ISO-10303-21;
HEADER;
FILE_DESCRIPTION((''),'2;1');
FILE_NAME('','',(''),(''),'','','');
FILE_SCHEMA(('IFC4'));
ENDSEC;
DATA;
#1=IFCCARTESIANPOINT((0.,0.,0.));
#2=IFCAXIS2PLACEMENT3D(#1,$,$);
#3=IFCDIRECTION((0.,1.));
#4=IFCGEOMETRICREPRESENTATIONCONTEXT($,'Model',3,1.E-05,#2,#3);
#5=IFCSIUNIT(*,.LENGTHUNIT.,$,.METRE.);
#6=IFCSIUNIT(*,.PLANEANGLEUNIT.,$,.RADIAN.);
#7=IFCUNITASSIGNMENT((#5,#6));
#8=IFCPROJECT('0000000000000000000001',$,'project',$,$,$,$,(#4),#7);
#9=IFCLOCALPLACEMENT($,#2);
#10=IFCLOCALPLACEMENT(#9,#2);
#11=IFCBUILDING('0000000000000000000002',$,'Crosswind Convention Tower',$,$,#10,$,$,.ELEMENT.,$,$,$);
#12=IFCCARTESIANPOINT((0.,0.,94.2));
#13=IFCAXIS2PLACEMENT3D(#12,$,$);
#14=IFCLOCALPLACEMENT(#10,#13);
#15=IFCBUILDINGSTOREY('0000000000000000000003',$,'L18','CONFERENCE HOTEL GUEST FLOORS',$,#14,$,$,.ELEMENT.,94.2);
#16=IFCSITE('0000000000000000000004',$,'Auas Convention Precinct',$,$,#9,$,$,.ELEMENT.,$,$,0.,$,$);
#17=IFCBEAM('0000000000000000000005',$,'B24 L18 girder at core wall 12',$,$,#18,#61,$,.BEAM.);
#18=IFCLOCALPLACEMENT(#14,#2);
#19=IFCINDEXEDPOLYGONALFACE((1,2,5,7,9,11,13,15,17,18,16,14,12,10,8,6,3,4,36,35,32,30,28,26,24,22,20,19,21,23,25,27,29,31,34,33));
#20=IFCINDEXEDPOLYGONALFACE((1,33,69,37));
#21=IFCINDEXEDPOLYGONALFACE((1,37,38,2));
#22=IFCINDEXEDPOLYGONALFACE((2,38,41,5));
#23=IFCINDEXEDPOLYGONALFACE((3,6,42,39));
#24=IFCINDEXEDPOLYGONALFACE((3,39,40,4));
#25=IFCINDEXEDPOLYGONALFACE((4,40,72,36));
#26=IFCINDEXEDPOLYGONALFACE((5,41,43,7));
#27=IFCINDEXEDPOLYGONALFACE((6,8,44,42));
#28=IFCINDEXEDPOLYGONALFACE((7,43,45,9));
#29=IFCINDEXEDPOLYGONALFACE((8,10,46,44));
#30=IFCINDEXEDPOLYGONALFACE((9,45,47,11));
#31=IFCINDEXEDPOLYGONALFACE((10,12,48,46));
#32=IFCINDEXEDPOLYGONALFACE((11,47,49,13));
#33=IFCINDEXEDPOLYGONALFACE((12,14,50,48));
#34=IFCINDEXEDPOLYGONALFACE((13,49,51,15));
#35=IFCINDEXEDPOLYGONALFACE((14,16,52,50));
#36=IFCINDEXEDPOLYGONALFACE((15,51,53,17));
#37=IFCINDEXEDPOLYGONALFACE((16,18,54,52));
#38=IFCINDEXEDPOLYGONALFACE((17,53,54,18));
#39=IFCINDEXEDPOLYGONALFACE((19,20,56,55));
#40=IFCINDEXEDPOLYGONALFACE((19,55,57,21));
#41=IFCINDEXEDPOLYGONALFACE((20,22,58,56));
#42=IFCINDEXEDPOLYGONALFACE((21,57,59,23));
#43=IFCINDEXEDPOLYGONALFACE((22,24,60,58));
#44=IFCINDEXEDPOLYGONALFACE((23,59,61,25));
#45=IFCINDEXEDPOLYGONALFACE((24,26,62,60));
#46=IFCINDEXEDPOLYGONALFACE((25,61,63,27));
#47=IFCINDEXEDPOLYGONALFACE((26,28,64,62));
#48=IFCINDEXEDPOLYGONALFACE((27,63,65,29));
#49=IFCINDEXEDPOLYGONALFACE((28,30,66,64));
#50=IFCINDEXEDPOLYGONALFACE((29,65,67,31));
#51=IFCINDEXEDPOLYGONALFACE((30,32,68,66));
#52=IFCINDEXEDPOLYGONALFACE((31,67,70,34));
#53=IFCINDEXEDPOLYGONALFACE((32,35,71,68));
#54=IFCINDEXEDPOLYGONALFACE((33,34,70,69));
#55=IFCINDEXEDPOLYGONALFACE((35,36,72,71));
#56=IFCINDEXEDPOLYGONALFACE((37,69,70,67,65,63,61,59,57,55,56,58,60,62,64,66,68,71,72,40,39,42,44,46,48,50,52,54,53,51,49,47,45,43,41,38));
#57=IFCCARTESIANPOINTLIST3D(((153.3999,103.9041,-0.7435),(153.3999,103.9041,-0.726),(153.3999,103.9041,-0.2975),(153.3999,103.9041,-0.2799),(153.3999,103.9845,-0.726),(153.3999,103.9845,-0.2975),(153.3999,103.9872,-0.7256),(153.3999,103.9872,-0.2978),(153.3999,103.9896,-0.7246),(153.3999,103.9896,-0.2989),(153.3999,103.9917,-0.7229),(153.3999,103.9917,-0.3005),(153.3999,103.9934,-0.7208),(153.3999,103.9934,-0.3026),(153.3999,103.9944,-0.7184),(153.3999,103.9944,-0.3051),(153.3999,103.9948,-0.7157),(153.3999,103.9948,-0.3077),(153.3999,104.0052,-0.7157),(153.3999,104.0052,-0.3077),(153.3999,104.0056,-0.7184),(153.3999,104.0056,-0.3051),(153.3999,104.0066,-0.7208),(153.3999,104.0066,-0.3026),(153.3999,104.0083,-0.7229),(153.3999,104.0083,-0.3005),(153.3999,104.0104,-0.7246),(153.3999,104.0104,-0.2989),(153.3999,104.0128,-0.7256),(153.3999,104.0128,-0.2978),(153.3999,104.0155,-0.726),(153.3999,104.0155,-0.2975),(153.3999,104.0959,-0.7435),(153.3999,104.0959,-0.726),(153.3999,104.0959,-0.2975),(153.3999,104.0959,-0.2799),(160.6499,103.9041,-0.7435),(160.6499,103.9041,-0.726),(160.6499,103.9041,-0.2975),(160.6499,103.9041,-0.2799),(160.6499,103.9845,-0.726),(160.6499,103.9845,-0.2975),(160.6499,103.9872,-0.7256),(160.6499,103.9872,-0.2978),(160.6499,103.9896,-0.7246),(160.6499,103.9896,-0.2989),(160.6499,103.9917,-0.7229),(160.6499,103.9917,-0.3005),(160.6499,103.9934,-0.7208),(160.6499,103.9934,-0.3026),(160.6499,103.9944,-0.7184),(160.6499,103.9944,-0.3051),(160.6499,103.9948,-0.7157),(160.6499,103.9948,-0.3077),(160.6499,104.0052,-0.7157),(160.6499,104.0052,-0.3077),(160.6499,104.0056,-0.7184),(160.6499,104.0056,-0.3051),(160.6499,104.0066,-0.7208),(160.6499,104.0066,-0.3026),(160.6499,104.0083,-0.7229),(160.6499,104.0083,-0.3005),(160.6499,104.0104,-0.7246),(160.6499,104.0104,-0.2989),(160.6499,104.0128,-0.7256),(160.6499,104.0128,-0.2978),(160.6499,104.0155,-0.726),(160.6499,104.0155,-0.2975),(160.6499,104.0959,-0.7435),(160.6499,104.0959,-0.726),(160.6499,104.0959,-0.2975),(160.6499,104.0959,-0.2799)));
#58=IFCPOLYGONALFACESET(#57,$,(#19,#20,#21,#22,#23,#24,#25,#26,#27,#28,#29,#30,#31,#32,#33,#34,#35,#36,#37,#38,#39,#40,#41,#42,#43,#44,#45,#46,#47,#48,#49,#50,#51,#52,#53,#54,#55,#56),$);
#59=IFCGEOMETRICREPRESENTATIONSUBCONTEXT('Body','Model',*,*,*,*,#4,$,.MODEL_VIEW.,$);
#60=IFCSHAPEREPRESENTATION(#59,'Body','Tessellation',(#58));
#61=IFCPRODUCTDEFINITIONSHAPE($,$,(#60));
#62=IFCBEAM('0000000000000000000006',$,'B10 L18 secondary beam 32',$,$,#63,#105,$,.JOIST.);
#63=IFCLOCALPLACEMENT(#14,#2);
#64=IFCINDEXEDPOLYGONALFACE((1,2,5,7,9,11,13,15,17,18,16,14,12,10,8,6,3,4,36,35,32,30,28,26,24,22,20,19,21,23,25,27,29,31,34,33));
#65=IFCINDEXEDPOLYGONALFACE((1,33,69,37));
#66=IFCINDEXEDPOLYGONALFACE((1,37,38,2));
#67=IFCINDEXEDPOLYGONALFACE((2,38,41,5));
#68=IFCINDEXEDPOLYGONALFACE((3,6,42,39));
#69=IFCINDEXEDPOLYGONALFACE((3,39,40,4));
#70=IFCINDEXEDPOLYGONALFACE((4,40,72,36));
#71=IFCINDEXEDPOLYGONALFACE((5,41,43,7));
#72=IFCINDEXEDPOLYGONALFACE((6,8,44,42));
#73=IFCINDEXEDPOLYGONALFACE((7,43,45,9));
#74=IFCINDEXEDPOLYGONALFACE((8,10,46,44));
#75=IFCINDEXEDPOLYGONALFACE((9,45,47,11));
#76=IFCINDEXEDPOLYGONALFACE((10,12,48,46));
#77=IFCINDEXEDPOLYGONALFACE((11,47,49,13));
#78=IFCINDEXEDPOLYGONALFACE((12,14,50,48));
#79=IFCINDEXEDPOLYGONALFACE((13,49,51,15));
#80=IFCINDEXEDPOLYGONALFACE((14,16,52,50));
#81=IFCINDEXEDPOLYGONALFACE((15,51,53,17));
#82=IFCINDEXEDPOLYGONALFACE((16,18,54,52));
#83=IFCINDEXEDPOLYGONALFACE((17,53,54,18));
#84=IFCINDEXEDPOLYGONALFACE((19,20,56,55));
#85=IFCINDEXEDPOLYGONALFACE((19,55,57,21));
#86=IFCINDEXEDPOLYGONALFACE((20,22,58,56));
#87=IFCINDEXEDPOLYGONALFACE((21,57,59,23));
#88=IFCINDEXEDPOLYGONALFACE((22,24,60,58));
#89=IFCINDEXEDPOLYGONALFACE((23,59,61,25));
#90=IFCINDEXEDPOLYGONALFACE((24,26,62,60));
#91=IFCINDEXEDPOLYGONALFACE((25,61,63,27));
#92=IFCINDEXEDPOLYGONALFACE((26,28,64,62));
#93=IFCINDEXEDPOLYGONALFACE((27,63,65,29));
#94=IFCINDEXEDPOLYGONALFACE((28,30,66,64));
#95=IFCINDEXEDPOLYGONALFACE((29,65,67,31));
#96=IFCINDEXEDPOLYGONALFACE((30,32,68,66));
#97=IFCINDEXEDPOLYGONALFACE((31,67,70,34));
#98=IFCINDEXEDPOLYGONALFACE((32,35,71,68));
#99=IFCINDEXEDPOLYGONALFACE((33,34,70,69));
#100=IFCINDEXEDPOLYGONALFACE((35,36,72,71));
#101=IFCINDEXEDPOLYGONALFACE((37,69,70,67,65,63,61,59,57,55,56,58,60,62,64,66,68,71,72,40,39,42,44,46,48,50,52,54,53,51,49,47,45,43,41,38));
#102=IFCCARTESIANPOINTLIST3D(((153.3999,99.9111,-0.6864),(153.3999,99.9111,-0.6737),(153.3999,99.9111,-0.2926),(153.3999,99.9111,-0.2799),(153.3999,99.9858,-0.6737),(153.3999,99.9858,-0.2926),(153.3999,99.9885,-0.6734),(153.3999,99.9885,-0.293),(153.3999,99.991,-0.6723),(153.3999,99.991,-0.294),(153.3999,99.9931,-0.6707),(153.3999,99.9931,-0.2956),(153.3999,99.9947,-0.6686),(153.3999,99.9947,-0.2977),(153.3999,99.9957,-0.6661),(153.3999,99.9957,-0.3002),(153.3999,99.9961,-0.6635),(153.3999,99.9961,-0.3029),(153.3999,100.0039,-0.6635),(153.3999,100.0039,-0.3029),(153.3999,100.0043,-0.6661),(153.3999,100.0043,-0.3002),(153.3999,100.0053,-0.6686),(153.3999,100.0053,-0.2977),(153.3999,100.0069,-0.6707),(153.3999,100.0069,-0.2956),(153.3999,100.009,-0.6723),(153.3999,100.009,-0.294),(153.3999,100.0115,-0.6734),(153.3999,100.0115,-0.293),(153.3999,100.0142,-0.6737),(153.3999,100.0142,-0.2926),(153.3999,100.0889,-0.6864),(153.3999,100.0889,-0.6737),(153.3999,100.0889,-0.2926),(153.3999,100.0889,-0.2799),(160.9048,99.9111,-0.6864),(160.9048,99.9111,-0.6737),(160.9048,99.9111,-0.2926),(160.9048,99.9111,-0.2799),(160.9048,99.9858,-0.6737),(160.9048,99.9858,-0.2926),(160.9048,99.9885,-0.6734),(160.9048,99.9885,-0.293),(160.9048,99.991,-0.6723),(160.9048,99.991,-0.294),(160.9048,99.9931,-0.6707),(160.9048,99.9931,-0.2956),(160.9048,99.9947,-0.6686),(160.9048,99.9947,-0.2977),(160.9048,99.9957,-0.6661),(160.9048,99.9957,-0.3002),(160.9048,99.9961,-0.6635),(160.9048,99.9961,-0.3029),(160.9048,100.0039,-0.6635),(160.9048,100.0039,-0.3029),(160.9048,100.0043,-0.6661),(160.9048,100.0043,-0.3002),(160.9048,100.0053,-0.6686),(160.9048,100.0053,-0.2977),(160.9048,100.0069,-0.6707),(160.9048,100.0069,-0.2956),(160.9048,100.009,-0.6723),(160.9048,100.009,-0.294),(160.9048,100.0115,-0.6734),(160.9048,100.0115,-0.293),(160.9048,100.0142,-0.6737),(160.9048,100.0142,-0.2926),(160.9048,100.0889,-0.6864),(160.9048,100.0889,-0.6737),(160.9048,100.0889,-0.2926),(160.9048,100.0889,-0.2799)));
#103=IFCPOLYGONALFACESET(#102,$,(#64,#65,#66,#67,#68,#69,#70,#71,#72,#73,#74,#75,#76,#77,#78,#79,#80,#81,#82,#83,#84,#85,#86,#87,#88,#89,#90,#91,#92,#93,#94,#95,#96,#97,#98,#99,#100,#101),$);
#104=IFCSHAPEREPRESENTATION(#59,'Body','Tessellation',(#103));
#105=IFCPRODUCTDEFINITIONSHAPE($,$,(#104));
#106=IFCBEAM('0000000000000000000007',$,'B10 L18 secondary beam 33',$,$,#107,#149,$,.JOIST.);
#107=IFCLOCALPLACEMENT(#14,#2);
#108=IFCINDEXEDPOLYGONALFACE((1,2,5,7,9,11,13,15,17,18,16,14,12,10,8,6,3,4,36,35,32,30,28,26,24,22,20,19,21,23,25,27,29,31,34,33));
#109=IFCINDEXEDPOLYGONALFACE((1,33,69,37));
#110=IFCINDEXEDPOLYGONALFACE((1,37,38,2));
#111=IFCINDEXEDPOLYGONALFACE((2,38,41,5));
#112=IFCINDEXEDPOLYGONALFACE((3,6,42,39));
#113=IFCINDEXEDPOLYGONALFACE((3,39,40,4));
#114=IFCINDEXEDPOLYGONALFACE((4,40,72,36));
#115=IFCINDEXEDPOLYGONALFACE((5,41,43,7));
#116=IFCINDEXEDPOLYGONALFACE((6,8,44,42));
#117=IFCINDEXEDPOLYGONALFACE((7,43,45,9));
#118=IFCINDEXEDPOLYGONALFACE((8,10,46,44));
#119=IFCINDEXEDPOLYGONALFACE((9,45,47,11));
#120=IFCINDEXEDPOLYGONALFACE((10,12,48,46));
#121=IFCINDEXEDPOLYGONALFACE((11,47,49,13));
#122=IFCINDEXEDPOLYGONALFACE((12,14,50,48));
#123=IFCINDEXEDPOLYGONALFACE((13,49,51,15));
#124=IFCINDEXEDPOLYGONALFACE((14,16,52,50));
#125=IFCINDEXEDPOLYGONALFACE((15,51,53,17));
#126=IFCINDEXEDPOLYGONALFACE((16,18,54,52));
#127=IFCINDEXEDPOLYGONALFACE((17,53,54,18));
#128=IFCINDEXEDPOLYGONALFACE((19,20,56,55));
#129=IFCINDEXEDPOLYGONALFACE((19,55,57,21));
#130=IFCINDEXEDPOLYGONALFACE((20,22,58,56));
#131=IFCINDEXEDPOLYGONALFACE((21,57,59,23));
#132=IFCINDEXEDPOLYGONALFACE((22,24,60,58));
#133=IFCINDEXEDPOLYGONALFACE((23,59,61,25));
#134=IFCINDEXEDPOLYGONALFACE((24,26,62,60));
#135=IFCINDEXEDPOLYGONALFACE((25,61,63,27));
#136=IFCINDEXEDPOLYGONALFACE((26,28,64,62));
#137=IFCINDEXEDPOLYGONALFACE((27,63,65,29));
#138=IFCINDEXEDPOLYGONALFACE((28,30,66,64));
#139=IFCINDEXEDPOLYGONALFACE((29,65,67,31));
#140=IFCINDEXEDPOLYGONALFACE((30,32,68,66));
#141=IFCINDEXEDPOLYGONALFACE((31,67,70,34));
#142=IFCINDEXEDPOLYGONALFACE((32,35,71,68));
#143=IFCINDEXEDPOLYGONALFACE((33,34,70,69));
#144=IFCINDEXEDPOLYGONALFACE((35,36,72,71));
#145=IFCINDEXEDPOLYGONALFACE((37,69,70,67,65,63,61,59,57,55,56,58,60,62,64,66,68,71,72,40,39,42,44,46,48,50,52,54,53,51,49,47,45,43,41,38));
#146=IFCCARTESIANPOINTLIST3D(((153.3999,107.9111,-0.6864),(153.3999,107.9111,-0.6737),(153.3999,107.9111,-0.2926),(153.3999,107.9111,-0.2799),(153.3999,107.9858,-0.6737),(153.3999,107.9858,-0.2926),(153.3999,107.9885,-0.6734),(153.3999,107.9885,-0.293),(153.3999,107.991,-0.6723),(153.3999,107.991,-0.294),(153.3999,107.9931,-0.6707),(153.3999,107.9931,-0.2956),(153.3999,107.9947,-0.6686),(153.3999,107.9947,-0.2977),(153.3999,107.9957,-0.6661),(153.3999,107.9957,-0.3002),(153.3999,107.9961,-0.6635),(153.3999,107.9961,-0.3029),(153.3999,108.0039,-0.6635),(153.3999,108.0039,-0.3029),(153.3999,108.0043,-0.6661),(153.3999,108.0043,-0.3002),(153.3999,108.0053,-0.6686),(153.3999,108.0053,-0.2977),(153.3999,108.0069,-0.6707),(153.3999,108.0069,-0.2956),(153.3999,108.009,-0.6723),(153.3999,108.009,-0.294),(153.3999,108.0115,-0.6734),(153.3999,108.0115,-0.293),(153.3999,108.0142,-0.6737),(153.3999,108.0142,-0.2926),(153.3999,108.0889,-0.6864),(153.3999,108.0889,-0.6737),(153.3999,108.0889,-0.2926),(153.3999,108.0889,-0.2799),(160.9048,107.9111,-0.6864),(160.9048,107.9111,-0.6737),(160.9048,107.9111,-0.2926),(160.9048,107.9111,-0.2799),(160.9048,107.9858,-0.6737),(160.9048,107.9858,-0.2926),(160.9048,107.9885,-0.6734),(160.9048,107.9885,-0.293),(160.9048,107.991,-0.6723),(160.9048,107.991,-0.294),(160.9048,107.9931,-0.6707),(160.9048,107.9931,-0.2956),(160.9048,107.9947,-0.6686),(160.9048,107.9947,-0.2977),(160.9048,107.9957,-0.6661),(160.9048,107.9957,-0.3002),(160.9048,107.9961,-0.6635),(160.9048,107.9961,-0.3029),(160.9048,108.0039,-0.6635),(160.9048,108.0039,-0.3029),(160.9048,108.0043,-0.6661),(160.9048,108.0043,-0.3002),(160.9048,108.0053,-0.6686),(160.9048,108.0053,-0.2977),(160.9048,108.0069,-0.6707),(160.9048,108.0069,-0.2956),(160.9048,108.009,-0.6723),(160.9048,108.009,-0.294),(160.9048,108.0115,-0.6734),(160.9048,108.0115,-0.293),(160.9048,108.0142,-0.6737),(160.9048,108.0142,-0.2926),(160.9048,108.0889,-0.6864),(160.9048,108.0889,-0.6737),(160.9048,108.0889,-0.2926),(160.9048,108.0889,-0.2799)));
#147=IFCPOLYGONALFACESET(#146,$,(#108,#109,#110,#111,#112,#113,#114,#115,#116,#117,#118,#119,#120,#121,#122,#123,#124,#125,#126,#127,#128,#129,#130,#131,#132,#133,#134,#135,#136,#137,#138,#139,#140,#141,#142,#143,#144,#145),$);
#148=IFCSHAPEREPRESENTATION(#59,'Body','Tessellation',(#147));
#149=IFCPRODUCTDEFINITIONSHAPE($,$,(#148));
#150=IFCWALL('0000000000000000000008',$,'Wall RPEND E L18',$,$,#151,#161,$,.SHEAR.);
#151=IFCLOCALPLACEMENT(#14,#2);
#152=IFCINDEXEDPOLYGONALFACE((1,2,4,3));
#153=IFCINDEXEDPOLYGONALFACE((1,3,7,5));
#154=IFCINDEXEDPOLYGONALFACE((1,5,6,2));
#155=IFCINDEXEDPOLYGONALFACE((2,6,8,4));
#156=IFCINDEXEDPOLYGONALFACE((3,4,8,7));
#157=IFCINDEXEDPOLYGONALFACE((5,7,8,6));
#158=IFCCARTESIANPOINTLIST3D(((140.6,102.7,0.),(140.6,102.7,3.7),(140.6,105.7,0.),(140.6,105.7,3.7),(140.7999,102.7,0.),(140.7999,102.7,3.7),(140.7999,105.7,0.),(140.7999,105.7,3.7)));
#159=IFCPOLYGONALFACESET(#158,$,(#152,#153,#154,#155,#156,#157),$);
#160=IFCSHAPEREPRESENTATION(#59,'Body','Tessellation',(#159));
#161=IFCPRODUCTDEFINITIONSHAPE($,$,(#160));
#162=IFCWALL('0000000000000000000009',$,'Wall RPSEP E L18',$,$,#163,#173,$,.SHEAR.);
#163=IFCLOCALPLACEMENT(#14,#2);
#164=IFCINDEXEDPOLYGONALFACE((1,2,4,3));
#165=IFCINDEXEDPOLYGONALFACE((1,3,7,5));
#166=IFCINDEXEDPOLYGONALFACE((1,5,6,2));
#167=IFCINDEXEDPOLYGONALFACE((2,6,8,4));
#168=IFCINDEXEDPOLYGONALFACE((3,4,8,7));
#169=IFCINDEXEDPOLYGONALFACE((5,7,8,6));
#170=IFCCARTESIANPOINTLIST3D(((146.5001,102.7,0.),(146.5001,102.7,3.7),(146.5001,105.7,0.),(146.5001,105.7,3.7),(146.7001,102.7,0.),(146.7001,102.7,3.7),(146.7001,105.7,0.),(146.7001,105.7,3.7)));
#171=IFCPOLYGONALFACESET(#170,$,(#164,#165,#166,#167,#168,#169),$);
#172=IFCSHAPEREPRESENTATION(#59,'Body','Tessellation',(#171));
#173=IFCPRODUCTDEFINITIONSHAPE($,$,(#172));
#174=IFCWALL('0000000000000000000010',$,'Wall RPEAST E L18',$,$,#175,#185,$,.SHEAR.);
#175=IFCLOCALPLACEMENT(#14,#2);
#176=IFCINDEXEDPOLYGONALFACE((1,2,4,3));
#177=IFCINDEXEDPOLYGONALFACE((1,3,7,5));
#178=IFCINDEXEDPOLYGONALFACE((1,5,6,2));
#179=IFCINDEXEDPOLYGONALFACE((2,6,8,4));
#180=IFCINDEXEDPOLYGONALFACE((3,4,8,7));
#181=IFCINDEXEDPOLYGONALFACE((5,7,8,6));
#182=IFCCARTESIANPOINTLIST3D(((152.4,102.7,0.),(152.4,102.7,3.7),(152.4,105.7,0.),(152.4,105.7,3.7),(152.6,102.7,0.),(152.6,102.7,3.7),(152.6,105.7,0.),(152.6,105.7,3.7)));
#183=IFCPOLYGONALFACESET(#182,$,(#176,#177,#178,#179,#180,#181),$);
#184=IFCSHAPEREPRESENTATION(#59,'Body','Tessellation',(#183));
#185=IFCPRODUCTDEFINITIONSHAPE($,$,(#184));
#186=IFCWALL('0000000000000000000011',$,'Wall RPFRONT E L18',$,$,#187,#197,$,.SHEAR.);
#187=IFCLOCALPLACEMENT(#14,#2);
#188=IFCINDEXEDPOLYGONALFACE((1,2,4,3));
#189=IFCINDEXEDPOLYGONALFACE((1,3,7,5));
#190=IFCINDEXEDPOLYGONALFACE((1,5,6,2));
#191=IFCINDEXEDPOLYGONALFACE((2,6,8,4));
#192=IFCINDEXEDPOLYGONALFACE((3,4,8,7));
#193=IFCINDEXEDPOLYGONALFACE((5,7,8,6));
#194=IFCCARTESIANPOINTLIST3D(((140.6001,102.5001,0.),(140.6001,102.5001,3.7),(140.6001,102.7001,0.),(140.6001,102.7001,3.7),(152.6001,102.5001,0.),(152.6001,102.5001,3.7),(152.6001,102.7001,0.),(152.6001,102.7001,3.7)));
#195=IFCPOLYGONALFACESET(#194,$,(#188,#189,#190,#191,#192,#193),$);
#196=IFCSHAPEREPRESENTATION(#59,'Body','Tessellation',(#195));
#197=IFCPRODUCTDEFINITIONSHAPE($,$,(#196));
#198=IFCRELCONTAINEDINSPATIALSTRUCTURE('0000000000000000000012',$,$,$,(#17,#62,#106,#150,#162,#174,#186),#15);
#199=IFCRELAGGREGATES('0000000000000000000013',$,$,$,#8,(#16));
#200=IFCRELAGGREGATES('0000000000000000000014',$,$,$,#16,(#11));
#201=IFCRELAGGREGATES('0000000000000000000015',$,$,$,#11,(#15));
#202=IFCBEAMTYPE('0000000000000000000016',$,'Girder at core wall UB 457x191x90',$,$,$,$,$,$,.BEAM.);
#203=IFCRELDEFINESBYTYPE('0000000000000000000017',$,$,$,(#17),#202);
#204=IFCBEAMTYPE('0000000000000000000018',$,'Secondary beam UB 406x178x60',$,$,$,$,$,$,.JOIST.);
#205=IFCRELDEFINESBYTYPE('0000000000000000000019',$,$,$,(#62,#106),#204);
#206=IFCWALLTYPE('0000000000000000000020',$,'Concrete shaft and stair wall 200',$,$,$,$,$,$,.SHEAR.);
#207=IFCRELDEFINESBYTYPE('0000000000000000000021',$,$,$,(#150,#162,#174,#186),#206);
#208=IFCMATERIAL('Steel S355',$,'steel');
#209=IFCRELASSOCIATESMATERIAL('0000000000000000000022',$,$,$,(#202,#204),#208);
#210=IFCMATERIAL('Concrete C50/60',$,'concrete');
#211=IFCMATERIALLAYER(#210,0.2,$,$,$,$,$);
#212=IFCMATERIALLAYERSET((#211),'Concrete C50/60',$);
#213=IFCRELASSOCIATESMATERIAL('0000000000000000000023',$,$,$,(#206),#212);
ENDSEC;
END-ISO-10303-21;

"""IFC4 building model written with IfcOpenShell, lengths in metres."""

from ifc_helpers import new_model, si_unit, direction, frame, frame_2d, origin, origin_2d, place, context, subcontext, project, spatial, rectangle, i_section, extrude, material, layer, layer_set, material_profile, profile_set, type_object, element, save


model = new_model("IFC4")

# Units and contexts
model_context = context("Model", 3, precision=1e-05, world=origin(), true_north=direction((0.0, 1.0)))
body_context = subcontext(model_context, "Body", "Model", "MODEL_VIEW")
ifc_project = project(units=[si_unit("LENGTHUNIT", "METRE"), si_unit("PLANEANGLEUNIT", "RADIAN")], contexts=[model_context])

# Site, building, storey
site_placement = place(None, origin())
site = spatial("IfcSite", under=ifc_project, at=site_placement, Name="Auas Convention Precinct", CompositionType="ELEMENT", RefElevation=0.0)
building_placement = place(site_placement, origin())
building = spatial("IfcBuilding", under=site, at=building_placement, Name="Crosswind Convention Tower", CompositionType="ELEMENT")
storey_placement = place(building_placement, frame((0.0, 0.0, 94.2)))
storey = spatial("IfcBuildingStorey", under=building, at=storey_placement, Name="L18", Description="CONFERENCE HOTEL GUEST FLOORS", CompositionType="ELEMENT", Elevation=94.2)

# Beams
ifc_material_1 = material(Name="Steel S355", Category="steel")
ifc_material_profile_1 = material_profile(ifc_material_1, i_section(OverallWidth=0.1919, OverallDepth=0.4636, WebThickness=0.0105, FlangeThickness=0.0176, FilletRadius=0.0103, at=origin_2d()), Name="UB 457x191x90")
ifc_profile_set_1 = profile_set([ifc_material_profile_1], Name="Steel S355")
beam_type_1 = type_object("IfcBeamType", Name="Girder at core wall UB 457x191x90", PredefinedType="BEAM", material=ifc_profile_set_1)
beam_placement = place(storey_placement, frame((153.3999, 104.0, -0.5117), z_axis=(1.0, 0.0, 0.0), x_axis=(0.0, 1.0, 0.0)))
element("IfcBeam", 1, at=beam_placement, inside=storey, type_object=beam_type_1, Name="B24 L18 girder at core wall 12", PredefinedType="BEAM", context=body_context, shape_type="SweptSolid", body=[
    extrude(i_section(OverallWidth=0.1919, OverallDepth=0.4636, WebThickness=0.0105, FlangeThickness=0.0176, FilletRadius=0.0103, at=origin_2d()), origin(), (0.0, 0.0, 1.0), 7.25),
])
ifc_material_profile_2 = material_profile(ifc_material_1, i_section(OverallWidth=0.1777, OverallDepth=0.4065, WebThickness=0.0078, FlangeThickness=0.0127, FilletRadius=0.0103, at=origin_2d()), Name="UB 406x178x60")
ifc_profile_set_2 = profile_set([ifc_material_profile_2], Name="Steel S355")
beam_type_2 = type_object("IfcBeamType", Name="Secondary beam UB 406x178x60", PredefinedType="JOIST", material=ifc_profile_set_2)
for number, where, z_axis, x_axis, name in (
    (2, (153.3999, 100.0, -0.4832), (1.0, 0.0, 0.0), (0.0, 1.0, 0.0), "B10 L18 secondary beam 32"),
    (3, (153.3999, 108.0, -0.4832), (1.0, 0.0, 0.0), (0.0, 1.0, 0.0), "B10 L18 secondary beam 33"),
):
    element("IfcBeam", number, at=place(storey_placement, frame(where, z_axis=z_axis, x_axis=x_axis)), inside=storey, type_object=beam_type_2, Name=name, PredefinedType="JOIST", context=body_context, shape_type="SweptSolid", body=[
        extrude(i_section(OverallWidth=0.1777, OverallDepth=0.4065, WebThickness=0.0078, FlangeThickness=0.0127, FilletRadius=0.0103, at=origin_2d()), origin(), (0.0, 0.0, 1.0), 7.5049),
    ])

# Walls
ifc_material_2 = material(Name="Concrete C50/60", Category="concrete")
ifc_layer_1 = layer(ifc_material_2, 0.2)
ifc_layer_set_1 = layer_set([ifc_layer_1], Name="Concrete C50/60")
wall_type_1 = type_object("IfcWallType", Name="Concrete shaft and stair wall 200", PredefinedType="SHEAR", material=ifc_layer_set_1)
for number, where, z_axis, x_axis, name in (
    (4, (140.7, 102.7, 0.0), (0.0, 0.0, 1.0), (0.0, 1.0, 0.0), "Wall RPEND E L18"),
    (5, (146.6001, 102.7, 0.0), (0.0, 0.0, 1.0), (0.0, 1.0, 0.0), "Wall RPSEP E L18"),
    (6, (152.5, 102.7, 0.0), (0.0, 0.0, 1.0), (0.0, 1.0, 0.0), "Wall RPEAST E L18"),
):
    element("IfcWall", number, at=place(storey_placement, frame(where, z_axis=z_axis, x_axis=x_axis)), inside=storey, type_object=wall_type_1, Name=name, PredefinedType="SHEAR", context=body_context, shape_type="SweptSolid", body=[
        extrude(rectangle(XDim=3.0, YDim=0.2, at=frame_2d((1.5, 0.0))), origin(), (0.0, 0.0, 1.0), 3.7),
    ])
wall_1_placement = place(storey_placement, frame((140.6001, 102.6001, 0.0), z_axis=(0.0, 0.0, 1.0), x_axis=(1.0, 0.0, 0.0)))
element("IfcWall", 7, at=wall_1_placement, inside=storey, type_object=wall_type_1, Name="Wall RPFRONT E L18", PredefinedType="SHEAR", context=body_context, shape_type="SweptSolid", body=[
    extrude(rectangle(XDim=12.0, YDim=0.2, at=frame_2d((6.0, 0.0))), origin(), (0.0, 0.0, 1.0), 3.7),
])

save(model, "model.ifc")
